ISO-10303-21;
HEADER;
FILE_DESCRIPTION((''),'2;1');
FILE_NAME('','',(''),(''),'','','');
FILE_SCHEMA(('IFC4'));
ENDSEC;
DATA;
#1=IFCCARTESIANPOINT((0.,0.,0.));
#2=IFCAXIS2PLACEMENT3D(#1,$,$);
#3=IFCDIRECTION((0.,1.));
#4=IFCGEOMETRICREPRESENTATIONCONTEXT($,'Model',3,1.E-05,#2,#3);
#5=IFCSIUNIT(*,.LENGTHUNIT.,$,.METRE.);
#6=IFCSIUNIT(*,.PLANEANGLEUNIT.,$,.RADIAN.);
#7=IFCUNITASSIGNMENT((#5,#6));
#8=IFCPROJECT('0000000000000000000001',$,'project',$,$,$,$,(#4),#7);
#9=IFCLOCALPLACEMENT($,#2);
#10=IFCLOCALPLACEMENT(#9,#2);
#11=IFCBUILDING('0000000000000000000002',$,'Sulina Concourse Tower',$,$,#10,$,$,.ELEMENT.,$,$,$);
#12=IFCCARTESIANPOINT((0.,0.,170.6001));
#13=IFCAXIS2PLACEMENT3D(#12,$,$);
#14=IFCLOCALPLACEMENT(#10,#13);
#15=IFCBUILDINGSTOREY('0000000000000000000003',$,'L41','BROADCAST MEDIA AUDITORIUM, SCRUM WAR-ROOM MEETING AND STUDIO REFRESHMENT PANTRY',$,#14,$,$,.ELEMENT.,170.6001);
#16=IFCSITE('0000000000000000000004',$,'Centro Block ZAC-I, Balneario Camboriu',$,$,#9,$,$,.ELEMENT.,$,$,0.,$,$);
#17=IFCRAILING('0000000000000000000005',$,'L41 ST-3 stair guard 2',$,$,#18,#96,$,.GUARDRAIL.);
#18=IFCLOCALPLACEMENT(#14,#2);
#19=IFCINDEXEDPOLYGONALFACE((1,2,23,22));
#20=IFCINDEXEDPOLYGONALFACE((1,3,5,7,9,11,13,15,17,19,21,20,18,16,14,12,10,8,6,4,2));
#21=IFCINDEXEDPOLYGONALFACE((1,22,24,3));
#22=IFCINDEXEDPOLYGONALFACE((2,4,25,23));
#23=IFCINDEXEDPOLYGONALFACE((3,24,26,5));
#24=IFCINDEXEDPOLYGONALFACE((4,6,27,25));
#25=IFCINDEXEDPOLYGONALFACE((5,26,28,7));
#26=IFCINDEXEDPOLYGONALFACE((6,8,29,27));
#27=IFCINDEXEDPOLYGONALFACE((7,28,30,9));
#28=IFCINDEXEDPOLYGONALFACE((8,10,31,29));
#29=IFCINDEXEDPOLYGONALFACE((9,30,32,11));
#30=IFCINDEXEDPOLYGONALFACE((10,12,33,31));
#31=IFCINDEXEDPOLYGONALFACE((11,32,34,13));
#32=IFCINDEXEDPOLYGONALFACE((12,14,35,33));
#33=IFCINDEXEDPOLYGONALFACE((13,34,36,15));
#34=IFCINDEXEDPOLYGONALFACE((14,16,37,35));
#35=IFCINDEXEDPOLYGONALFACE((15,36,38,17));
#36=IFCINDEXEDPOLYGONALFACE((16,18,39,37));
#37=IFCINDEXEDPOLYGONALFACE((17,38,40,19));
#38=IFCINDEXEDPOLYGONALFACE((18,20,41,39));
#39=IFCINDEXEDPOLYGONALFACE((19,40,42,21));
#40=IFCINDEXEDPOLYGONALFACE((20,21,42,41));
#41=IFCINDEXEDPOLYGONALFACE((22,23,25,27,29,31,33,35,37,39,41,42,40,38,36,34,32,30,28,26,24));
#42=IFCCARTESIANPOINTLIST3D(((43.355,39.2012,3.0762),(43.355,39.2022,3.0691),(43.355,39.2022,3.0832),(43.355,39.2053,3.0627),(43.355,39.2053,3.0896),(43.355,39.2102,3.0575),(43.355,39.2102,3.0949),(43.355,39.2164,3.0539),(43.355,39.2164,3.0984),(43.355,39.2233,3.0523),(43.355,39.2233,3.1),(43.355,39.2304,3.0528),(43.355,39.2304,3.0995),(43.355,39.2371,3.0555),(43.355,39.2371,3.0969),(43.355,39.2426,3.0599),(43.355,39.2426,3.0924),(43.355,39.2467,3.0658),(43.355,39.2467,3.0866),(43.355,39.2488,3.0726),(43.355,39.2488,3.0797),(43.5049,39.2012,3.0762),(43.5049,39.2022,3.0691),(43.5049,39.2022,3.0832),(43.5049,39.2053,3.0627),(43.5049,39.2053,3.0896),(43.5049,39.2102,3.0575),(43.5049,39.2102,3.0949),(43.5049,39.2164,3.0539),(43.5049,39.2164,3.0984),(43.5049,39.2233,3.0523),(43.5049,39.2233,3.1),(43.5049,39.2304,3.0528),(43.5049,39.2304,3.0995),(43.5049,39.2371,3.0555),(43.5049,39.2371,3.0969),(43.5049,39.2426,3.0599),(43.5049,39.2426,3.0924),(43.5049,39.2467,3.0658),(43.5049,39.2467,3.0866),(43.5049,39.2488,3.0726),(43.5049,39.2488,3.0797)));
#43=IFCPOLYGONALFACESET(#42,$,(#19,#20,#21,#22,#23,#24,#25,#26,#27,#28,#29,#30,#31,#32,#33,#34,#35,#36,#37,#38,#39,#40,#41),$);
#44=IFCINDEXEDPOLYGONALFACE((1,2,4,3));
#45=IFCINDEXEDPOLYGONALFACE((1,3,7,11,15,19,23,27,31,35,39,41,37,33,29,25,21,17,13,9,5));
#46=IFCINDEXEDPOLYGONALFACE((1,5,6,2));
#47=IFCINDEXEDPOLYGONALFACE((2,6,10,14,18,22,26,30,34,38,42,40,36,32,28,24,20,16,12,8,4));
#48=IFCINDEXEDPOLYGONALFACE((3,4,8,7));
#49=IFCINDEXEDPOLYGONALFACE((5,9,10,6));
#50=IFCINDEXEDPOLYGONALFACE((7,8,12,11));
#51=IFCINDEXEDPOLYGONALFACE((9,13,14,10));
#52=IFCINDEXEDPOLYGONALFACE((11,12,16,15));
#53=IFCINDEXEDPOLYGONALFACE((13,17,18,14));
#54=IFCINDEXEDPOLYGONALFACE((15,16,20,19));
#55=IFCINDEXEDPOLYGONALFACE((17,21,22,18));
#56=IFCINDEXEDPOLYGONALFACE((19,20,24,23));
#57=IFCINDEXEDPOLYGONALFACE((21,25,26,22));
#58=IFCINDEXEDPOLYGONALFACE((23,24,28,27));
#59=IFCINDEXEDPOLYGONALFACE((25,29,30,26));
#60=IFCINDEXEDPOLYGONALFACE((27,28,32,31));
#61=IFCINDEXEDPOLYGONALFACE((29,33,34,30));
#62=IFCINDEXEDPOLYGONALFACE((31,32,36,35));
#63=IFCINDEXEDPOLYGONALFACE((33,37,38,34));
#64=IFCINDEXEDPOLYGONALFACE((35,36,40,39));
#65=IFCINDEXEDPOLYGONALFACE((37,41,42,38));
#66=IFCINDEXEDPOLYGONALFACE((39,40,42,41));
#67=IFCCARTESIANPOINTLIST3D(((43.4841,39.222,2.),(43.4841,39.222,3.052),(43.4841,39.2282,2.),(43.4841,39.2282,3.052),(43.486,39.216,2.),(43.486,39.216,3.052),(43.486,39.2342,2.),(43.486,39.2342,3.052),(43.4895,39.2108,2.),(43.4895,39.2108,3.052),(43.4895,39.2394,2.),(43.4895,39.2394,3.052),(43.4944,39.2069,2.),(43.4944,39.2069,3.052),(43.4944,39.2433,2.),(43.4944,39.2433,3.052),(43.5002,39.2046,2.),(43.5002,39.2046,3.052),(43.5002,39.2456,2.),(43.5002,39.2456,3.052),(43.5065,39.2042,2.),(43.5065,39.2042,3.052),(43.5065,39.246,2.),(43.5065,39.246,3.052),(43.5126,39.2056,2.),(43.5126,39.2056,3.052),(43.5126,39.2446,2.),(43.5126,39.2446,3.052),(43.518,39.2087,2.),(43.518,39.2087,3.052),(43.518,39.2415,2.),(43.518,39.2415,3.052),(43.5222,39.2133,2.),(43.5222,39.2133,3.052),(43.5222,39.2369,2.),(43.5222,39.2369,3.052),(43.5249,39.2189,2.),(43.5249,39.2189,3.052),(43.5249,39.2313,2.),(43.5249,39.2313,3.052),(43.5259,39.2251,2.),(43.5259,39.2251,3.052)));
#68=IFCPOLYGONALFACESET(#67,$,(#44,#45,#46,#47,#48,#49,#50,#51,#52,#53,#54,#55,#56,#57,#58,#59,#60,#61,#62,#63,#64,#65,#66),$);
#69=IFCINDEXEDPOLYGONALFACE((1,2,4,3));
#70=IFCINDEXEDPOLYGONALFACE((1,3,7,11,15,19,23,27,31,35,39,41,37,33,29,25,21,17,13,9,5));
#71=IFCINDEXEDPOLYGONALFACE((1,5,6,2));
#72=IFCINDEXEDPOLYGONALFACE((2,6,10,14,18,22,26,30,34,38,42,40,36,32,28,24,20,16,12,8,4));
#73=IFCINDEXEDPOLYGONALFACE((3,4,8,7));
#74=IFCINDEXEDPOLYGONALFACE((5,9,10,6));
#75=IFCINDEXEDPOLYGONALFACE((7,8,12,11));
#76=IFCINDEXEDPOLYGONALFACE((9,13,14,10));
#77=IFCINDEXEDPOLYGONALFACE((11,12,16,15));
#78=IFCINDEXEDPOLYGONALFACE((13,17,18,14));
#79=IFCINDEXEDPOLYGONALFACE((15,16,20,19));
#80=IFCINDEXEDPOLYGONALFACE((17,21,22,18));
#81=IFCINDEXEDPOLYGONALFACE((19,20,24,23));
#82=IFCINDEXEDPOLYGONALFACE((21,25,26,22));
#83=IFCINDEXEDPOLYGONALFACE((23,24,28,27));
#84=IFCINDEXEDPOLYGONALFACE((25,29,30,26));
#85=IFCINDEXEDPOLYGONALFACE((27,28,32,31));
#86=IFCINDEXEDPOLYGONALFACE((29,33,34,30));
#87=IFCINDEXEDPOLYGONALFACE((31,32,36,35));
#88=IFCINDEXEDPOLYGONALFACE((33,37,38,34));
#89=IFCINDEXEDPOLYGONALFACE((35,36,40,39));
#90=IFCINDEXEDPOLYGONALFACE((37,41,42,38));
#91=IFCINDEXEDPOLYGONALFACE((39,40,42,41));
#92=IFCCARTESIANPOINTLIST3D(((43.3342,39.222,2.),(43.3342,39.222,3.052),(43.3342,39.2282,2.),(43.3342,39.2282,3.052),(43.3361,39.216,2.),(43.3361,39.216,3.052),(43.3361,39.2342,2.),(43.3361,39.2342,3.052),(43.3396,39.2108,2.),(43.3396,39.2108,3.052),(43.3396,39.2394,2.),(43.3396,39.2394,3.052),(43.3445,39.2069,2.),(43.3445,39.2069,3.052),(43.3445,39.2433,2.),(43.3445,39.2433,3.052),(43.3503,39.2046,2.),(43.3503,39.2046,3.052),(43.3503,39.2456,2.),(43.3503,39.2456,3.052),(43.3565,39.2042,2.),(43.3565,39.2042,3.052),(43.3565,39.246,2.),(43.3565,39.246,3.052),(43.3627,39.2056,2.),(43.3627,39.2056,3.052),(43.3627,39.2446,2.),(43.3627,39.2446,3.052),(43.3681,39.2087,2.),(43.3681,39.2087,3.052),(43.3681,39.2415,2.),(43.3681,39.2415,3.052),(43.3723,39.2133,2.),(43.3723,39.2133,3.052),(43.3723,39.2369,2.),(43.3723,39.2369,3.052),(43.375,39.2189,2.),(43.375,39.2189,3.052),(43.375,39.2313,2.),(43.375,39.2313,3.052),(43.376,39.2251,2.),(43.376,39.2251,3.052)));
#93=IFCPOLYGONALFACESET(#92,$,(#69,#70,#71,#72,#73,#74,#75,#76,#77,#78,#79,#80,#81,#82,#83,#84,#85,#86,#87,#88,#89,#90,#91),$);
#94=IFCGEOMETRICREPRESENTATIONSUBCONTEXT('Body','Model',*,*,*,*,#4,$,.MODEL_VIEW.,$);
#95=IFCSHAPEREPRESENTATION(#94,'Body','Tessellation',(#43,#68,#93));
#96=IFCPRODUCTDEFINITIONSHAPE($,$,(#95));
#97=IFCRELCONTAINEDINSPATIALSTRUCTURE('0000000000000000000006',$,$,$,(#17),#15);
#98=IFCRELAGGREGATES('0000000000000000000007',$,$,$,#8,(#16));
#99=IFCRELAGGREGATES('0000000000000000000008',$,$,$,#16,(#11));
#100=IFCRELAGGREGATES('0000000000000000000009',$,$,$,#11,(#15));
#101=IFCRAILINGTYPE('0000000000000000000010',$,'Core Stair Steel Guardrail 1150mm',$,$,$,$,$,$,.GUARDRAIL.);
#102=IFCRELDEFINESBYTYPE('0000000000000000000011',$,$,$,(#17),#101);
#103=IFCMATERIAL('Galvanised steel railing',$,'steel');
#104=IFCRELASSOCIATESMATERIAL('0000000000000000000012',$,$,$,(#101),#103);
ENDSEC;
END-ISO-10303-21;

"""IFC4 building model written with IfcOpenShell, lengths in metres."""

from ifc_helpers import new_model, si_unit, direction, frame, origin, origin_2d, place, context, subcontext, project, spatial, circle, extrude, material, type_object, element, save


model = new_model("IFC4")

# Units and contexts
model_context = context("Model", 3, precision=1e-05, world=origin(), true_north=direction((0.0, 1.0)))
body_context = subcontext(model_context, "Body", "Model", "MODEL_VIEW")
ifc_project = project(units=[si_unit("LENGTHUNIT", "METRE"), si_unit("PLANEANGLEUNIT", "RADIAN")], contexts=[model_context])

# Site, building, storey
site_placement = place(None, origin())
site = spatial("IfcSite", under=ifc_project, at=site_placement, Name="Centro Block ZAC-I, Balneario Camboriu", CompositionType="ELEMENT", RefElevation=0.0)
building_placement = place(site_placement, origin())
building = spatial("IfcBuilding", under=site, at=building_placement, Name="Sulina Concourse Tower", CompositionType="ELEMENT")
storey_placement = place(building_placement, frame((0.0, 0.0, 170.6001)))
storey = spatial("IfcBuildingStorey", under=building, at=storey_placement, Name="L41", Description="BROADCAST MEDIA AUDITORIUM, SCRUM WAR-ROOM MEETING AND STUDIO REFRESHMENT PANTRY", CompositionType="ELEMENT", Elevation=170.6001)

# Railing
ifc_material_1 = material(Name="Galvanised steel railing", Category="steel")
railing_type_1 = type_object("IfcRailingType", Name="Core Stair Steel Guardrail 1150mm", PredefinedType="GUARDRAIL", material=ifc_material_1)
railing_1_placement = place(storey_placement, frame((43.5049, 39.2251, 2.0)))
element("IfcRailing", 1, at=railing_1_placement, inside=storey, type_object=railing_type_1, Name="L41 ST-3 stair guard 2", PredefinedType="GUARDRAIL", context=body_context, shape_type="SweptSolid", body=[
    extrude(circle(Radius=0.0239, at=origin_2d()), frame((0.0, 0.0, 1.0762), z_axis=(-1.0, 0.0, 0.0), x_axis=(0.0, -1.0, 0.0)), (0.0, 0.0, 1.0), 0.1499),
    extrude(circle(Radius=0.021, at=origin_2d()), origin(), (0.0, 0.0, 1.0), 1.052),
    extrude(circle(Radius=0.021, at=origin_2d()), frame((-0.1499, 0.0, 0.0)), (0.0, 0.0, 1.0), 1.052),
])

save(model, "model.ifc")
